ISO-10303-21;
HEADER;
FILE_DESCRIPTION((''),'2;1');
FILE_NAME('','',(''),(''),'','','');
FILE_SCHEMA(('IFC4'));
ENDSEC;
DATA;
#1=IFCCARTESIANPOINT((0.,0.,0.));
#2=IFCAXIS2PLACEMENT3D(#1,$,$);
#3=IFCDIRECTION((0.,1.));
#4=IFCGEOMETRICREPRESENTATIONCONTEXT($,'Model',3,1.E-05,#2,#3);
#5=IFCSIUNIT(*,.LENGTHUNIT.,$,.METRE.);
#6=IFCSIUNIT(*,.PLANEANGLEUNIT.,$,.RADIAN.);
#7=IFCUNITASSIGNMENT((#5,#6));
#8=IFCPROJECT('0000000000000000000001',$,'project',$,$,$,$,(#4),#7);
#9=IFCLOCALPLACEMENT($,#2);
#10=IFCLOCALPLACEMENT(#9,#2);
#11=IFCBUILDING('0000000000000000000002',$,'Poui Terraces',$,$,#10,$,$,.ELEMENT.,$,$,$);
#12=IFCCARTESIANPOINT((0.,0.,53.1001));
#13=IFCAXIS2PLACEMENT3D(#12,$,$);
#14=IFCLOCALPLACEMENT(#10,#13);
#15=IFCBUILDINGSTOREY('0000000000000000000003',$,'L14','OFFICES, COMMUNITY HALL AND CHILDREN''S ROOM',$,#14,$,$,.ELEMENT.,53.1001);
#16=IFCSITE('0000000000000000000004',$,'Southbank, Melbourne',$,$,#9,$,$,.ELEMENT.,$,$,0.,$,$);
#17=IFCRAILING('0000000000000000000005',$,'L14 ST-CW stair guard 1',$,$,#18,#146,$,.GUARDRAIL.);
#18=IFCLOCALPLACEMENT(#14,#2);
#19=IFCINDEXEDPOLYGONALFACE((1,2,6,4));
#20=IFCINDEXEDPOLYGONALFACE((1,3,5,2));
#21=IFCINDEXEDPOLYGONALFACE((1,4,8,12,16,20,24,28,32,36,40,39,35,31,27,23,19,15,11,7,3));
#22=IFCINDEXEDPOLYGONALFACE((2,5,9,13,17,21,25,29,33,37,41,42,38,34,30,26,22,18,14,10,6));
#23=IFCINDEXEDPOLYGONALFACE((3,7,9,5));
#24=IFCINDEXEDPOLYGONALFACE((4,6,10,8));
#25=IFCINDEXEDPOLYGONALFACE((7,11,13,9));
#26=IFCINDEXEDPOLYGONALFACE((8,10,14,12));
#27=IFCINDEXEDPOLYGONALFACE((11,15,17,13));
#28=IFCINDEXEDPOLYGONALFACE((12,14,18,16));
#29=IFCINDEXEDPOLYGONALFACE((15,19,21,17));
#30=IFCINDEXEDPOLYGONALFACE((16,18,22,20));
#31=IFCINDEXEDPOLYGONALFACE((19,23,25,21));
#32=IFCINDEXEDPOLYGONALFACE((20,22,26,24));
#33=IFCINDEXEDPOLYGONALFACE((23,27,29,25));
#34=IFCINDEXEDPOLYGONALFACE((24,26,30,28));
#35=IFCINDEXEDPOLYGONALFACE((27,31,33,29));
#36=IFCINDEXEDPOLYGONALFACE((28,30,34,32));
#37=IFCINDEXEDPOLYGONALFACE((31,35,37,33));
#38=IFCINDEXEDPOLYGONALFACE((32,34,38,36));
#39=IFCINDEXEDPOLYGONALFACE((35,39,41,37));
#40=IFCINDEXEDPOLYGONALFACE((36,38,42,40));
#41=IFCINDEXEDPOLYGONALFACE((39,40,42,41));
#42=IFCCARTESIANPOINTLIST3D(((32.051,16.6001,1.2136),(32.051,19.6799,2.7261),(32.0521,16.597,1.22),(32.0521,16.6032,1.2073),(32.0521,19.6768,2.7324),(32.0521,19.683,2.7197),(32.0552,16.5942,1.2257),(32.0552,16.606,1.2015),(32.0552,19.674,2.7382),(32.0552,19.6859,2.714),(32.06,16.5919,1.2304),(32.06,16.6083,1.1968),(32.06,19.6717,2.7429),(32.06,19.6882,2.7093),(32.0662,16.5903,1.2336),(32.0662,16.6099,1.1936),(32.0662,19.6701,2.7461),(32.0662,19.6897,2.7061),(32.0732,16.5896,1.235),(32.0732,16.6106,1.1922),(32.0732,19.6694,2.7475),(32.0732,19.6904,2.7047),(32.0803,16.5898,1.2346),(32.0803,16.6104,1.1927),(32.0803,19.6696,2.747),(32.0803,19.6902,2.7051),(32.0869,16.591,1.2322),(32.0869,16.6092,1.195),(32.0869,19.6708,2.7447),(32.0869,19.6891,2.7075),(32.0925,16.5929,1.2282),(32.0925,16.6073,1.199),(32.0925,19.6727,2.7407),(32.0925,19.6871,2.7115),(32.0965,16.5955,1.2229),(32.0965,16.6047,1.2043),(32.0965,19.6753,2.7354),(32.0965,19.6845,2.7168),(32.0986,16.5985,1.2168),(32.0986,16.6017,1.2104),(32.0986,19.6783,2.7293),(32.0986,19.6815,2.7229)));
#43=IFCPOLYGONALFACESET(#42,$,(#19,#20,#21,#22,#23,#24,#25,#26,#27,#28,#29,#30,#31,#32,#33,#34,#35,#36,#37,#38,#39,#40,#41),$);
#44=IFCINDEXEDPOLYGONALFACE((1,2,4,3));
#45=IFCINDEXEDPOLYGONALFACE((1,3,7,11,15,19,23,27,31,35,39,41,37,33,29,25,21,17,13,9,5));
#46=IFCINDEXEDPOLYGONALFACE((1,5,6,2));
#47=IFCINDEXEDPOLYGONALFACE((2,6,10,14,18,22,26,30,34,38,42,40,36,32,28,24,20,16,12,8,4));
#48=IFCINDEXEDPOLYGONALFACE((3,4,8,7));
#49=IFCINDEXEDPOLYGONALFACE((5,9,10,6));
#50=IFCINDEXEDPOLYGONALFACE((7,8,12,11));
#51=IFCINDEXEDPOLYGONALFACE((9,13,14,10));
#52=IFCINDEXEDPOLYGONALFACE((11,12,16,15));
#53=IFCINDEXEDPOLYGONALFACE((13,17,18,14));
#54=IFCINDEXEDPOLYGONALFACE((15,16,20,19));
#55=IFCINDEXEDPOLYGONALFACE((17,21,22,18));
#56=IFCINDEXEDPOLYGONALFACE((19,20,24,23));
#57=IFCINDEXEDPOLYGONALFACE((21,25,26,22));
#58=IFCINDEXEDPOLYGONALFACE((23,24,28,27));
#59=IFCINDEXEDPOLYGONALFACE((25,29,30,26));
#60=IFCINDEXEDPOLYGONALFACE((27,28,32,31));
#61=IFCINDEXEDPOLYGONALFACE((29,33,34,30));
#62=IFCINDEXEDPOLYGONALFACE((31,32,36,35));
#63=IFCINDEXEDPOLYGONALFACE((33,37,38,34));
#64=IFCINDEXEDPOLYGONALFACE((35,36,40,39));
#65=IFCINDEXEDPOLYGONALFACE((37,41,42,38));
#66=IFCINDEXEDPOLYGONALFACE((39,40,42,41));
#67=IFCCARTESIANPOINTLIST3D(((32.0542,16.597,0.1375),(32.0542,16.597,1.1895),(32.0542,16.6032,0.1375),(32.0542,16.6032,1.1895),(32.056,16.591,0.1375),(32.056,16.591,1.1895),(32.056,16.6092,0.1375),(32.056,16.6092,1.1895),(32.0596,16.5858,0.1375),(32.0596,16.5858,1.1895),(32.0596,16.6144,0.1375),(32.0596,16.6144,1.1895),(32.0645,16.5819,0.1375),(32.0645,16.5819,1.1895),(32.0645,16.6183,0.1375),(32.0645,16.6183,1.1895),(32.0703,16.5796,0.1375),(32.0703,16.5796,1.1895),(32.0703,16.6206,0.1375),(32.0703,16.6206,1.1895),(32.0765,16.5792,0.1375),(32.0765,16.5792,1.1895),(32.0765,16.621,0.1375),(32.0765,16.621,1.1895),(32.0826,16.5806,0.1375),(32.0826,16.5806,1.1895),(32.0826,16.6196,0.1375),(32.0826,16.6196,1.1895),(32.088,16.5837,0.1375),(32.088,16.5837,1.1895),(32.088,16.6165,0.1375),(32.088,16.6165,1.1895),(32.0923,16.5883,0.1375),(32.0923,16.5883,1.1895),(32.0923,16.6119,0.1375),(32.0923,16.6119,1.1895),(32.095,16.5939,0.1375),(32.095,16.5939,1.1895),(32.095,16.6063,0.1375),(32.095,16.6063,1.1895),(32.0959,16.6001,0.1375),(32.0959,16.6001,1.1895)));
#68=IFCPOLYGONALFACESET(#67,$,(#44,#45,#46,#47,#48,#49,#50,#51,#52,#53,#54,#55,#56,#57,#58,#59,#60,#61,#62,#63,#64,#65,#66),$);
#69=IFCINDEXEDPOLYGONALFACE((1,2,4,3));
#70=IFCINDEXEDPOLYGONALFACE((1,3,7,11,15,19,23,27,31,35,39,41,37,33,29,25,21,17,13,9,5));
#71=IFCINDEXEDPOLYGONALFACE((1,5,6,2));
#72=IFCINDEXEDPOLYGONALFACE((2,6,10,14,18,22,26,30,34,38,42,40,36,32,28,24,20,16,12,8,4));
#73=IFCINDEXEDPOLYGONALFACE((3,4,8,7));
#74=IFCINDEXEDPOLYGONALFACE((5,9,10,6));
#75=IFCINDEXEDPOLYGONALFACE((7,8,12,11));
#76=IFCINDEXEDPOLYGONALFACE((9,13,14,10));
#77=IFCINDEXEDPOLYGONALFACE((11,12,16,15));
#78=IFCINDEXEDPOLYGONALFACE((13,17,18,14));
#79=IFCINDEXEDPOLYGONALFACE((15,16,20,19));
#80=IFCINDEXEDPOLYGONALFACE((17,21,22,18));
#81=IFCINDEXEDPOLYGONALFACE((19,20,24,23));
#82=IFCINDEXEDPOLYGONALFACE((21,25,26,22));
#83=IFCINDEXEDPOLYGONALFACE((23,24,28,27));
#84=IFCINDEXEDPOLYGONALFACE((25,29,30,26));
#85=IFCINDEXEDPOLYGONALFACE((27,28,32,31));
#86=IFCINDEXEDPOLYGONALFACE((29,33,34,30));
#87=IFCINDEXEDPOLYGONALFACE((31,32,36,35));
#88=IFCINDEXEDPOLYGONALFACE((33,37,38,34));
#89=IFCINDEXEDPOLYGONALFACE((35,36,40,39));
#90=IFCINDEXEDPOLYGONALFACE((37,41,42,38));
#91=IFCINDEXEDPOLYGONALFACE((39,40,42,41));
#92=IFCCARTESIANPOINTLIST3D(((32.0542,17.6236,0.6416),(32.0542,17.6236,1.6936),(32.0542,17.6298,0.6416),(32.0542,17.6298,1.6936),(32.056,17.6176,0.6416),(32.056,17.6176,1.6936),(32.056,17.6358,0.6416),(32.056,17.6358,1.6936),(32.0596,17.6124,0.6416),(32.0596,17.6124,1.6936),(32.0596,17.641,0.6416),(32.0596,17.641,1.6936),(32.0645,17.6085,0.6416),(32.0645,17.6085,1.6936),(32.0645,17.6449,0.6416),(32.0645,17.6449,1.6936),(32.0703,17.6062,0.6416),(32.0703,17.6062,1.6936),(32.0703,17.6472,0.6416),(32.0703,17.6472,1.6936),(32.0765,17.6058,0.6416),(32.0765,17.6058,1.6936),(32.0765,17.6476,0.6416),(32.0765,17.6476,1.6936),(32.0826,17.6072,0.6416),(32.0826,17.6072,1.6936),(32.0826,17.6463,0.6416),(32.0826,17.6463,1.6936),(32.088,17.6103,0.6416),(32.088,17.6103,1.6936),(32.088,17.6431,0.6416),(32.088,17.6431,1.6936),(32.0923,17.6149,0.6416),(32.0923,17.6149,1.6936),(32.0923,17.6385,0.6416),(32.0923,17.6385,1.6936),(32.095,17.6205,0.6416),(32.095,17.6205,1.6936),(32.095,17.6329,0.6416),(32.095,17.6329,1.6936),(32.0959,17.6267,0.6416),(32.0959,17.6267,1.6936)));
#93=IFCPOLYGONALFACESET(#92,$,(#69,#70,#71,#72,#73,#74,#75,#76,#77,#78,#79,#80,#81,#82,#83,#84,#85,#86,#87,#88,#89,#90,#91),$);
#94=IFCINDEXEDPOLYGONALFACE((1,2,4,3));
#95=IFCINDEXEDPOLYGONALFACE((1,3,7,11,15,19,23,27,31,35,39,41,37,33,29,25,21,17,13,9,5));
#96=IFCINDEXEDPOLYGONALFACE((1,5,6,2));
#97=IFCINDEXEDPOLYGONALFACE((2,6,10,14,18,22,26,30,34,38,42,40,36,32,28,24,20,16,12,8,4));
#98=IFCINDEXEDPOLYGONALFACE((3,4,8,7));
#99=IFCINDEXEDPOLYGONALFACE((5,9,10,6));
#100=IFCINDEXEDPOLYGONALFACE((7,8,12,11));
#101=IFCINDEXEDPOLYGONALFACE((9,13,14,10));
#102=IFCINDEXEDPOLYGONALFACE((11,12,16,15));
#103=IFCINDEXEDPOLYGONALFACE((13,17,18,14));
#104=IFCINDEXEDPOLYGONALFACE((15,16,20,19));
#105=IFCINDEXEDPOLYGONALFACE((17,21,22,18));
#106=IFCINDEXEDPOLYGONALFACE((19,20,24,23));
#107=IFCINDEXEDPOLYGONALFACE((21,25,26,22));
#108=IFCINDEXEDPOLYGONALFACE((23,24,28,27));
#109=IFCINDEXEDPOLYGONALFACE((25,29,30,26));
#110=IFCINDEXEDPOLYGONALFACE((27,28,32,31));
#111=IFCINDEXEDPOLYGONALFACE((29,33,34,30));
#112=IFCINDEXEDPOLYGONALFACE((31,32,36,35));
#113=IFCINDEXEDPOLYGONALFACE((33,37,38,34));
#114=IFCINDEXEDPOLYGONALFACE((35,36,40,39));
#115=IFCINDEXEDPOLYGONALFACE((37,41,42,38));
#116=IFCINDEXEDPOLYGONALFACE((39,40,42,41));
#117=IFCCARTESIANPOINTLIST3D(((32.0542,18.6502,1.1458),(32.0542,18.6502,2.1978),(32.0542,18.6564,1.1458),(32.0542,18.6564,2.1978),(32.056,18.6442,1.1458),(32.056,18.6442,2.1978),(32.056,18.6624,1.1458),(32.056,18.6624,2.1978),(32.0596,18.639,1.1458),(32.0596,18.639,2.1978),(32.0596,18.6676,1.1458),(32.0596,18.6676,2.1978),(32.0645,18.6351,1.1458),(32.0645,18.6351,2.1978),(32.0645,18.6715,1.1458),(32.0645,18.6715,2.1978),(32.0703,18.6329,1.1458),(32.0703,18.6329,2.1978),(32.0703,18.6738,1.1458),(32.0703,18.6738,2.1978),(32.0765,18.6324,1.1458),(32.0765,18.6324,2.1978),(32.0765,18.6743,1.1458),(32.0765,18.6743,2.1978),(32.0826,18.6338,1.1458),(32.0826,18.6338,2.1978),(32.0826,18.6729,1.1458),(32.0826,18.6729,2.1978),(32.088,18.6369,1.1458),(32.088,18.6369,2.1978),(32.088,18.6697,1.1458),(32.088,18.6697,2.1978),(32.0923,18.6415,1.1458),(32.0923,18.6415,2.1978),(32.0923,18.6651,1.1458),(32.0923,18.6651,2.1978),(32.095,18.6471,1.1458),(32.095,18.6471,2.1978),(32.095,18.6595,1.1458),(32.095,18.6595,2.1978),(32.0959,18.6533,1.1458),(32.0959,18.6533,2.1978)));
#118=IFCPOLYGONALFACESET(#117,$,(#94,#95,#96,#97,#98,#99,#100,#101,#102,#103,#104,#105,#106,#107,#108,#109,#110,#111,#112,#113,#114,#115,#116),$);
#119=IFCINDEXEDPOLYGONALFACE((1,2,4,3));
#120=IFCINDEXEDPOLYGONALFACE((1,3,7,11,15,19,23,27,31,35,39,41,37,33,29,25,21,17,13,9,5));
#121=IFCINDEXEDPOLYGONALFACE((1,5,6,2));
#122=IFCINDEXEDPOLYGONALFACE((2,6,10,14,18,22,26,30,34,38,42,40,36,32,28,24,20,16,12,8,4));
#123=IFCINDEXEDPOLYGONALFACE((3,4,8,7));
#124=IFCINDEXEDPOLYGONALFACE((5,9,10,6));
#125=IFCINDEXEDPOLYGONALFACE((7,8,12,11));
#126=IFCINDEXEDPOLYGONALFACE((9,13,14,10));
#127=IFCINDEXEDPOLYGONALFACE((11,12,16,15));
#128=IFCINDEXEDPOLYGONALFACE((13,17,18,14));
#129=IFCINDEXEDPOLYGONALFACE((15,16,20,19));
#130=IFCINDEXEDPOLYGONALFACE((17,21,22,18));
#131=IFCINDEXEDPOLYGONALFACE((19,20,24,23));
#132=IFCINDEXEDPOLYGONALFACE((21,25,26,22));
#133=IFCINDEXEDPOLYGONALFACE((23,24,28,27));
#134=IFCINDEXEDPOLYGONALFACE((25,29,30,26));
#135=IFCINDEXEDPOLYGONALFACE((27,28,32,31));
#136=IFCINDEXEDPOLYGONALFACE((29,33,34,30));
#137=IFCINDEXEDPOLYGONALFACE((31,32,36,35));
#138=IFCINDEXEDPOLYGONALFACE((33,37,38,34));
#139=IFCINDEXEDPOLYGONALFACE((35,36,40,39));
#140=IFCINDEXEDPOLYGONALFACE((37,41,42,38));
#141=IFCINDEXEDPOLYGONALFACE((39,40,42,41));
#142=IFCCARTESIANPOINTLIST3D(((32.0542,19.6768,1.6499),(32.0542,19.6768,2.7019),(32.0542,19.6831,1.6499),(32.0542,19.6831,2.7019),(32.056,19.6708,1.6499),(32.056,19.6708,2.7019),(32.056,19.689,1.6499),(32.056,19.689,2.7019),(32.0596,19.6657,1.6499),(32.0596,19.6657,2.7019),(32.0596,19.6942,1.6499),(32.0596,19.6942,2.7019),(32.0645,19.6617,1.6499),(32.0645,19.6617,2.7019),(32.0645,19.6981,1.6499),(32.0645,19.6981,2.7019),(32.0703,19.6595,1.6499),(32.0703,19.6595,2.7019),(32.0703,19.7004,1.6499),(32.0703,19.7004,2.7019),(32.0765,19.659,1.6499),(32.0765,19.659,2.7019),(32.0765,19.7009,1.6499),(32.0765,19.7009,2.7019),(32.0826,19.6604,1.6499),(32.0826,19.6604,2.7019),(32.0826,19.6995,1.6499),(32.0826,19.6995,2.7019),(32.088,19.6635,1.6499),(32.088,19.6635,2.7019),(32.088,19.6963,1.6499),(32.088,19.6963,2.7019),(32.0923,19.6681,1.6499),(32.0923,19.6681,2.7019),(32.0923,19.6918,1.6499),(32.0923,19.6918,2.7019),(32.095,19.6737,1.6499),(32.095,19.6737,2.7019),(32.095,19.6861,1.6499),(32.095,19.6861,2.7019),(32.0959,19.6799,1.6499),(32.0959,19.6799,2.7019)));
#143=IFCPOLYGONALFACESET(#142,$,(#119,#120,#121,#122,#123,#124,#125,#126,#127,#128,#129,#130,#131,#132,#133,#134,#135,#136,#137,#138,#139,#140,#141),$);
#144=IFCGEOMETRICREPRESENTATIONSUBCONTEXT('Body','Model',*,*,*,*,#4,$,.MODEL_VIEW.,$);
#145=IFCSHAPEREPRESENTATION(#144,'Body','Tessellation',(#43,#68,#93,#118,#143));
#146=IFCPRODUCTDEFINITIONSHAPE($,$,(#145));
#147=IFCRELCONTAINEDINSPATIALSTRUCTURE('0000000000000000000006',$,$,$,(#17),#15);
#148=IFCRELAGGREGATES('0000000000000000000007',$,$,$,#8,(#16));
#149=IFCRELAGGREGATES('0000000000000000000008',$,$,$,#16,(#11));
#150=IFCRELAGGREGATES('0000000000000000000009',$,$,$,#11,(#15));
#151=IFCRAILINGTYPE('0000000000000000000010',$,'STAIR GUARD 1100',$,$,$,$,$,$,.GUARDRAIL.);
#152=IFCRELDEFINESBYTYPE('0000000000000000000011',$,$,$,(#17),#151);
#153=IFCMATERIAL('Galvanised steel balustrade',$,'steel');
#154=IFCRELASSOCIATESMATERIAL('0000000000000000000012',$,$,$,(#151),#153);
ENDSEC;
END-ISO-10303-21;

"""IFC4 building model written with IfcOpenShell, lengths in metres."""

from ifc_helpers import new_model, si_unit, direction, frame, origin, origin_2d, place, context, subcontext, project, spatial, circle, extrude, material, type_object, element, save


model = new_model("IFC4")

# Units and contexts
model_context = context("Model", 3, precision=1e-05, world=origin(), true_north=direction((0.0, 1.0)))
body_context = subcontext(model_context, "Body", "Model", "MODEL_VIEW")
ifc_project = project(units=[si_unit("LENGTHUNIT", "METRE"), si_unit("PLANEANGLEUNIT", "RADIAN")], contexts=[model_context])

# Site, building, storey
site_placement = place(None, origin())
site = spatial("IfcSite", under=ifc_project, at=site_placement, Name="Southbank, Melbourne", CompositionType="ELEMENT", RefElevation=0.0)
building_placement = place(site_placement, origin())
building = spatial("IfcBuilding", under=site, at=building_placement, Name="Poui Terraces", CompositionType="ELEMENT")
storey_placement = place(building_placement, frame((0.0, 0.0, 53.1001)))
storey = spatial("IfcBuildingStorey", under=building, at=storey_placement, Name="L14", Description="OFFICES, COMMUNITY HALL AND CHILDREN'S ROOM", CompositionType="ELEMENT", Elevation=53.1001)

# Railing
ifc_material_1 = material(Name="Galvanised steel balustrade", Category="steel")
railing_type_1 = type_object("IfcRailingType", Name="STAIR GUARD 1100", PredefinedType="GUARDRAIL", material=ifc_material_1)
railing_1_placement = place(storey_placement, frame((32.075, 16.6001, 0.1375)))
element("IfcRailing", 1, at=railing_1_placement, inside=storey, type_object=railing_type_1, Name="L14 ST-CW stair guard 1", PredefinedType="GUARDRAIL", context=body_context, shape_type="SweptSolid", body=[
    extrude(circle(Radius=0.0239, at=origin_2d()), frame((0.0, 0.0, 1.0762), z_axis=(0.0, 0.897606, 0.440798), x_axis=(-1.0, 0.0, 0.0)), (0.0, 0.0, 1.0), 3.4312),
    extrude(circle(Radius=0.021, at=origin_2d()), origin(), (0.0, 0.0, 1.0), 1.052),
    extrude(circle(Radius=0.021, at=origin_2d()), frame((0.0, 1.0266, 0.5042)), (0.0, 0.0, 1.0), 1.052),
    extrude(circle(Radius=0.021, at=origin_2d()), frame((0.0, 2.0532, 1.0083)), (0.0, 0.0, 1.0), 1.052),
    extrude(circle(Radius=0.021, at=origin_2d()), frame((0.0, 3.0798, 1.5125)), (0.0, 0.0, 1.0), 1.052),
])

save(model, "model.ifc")
